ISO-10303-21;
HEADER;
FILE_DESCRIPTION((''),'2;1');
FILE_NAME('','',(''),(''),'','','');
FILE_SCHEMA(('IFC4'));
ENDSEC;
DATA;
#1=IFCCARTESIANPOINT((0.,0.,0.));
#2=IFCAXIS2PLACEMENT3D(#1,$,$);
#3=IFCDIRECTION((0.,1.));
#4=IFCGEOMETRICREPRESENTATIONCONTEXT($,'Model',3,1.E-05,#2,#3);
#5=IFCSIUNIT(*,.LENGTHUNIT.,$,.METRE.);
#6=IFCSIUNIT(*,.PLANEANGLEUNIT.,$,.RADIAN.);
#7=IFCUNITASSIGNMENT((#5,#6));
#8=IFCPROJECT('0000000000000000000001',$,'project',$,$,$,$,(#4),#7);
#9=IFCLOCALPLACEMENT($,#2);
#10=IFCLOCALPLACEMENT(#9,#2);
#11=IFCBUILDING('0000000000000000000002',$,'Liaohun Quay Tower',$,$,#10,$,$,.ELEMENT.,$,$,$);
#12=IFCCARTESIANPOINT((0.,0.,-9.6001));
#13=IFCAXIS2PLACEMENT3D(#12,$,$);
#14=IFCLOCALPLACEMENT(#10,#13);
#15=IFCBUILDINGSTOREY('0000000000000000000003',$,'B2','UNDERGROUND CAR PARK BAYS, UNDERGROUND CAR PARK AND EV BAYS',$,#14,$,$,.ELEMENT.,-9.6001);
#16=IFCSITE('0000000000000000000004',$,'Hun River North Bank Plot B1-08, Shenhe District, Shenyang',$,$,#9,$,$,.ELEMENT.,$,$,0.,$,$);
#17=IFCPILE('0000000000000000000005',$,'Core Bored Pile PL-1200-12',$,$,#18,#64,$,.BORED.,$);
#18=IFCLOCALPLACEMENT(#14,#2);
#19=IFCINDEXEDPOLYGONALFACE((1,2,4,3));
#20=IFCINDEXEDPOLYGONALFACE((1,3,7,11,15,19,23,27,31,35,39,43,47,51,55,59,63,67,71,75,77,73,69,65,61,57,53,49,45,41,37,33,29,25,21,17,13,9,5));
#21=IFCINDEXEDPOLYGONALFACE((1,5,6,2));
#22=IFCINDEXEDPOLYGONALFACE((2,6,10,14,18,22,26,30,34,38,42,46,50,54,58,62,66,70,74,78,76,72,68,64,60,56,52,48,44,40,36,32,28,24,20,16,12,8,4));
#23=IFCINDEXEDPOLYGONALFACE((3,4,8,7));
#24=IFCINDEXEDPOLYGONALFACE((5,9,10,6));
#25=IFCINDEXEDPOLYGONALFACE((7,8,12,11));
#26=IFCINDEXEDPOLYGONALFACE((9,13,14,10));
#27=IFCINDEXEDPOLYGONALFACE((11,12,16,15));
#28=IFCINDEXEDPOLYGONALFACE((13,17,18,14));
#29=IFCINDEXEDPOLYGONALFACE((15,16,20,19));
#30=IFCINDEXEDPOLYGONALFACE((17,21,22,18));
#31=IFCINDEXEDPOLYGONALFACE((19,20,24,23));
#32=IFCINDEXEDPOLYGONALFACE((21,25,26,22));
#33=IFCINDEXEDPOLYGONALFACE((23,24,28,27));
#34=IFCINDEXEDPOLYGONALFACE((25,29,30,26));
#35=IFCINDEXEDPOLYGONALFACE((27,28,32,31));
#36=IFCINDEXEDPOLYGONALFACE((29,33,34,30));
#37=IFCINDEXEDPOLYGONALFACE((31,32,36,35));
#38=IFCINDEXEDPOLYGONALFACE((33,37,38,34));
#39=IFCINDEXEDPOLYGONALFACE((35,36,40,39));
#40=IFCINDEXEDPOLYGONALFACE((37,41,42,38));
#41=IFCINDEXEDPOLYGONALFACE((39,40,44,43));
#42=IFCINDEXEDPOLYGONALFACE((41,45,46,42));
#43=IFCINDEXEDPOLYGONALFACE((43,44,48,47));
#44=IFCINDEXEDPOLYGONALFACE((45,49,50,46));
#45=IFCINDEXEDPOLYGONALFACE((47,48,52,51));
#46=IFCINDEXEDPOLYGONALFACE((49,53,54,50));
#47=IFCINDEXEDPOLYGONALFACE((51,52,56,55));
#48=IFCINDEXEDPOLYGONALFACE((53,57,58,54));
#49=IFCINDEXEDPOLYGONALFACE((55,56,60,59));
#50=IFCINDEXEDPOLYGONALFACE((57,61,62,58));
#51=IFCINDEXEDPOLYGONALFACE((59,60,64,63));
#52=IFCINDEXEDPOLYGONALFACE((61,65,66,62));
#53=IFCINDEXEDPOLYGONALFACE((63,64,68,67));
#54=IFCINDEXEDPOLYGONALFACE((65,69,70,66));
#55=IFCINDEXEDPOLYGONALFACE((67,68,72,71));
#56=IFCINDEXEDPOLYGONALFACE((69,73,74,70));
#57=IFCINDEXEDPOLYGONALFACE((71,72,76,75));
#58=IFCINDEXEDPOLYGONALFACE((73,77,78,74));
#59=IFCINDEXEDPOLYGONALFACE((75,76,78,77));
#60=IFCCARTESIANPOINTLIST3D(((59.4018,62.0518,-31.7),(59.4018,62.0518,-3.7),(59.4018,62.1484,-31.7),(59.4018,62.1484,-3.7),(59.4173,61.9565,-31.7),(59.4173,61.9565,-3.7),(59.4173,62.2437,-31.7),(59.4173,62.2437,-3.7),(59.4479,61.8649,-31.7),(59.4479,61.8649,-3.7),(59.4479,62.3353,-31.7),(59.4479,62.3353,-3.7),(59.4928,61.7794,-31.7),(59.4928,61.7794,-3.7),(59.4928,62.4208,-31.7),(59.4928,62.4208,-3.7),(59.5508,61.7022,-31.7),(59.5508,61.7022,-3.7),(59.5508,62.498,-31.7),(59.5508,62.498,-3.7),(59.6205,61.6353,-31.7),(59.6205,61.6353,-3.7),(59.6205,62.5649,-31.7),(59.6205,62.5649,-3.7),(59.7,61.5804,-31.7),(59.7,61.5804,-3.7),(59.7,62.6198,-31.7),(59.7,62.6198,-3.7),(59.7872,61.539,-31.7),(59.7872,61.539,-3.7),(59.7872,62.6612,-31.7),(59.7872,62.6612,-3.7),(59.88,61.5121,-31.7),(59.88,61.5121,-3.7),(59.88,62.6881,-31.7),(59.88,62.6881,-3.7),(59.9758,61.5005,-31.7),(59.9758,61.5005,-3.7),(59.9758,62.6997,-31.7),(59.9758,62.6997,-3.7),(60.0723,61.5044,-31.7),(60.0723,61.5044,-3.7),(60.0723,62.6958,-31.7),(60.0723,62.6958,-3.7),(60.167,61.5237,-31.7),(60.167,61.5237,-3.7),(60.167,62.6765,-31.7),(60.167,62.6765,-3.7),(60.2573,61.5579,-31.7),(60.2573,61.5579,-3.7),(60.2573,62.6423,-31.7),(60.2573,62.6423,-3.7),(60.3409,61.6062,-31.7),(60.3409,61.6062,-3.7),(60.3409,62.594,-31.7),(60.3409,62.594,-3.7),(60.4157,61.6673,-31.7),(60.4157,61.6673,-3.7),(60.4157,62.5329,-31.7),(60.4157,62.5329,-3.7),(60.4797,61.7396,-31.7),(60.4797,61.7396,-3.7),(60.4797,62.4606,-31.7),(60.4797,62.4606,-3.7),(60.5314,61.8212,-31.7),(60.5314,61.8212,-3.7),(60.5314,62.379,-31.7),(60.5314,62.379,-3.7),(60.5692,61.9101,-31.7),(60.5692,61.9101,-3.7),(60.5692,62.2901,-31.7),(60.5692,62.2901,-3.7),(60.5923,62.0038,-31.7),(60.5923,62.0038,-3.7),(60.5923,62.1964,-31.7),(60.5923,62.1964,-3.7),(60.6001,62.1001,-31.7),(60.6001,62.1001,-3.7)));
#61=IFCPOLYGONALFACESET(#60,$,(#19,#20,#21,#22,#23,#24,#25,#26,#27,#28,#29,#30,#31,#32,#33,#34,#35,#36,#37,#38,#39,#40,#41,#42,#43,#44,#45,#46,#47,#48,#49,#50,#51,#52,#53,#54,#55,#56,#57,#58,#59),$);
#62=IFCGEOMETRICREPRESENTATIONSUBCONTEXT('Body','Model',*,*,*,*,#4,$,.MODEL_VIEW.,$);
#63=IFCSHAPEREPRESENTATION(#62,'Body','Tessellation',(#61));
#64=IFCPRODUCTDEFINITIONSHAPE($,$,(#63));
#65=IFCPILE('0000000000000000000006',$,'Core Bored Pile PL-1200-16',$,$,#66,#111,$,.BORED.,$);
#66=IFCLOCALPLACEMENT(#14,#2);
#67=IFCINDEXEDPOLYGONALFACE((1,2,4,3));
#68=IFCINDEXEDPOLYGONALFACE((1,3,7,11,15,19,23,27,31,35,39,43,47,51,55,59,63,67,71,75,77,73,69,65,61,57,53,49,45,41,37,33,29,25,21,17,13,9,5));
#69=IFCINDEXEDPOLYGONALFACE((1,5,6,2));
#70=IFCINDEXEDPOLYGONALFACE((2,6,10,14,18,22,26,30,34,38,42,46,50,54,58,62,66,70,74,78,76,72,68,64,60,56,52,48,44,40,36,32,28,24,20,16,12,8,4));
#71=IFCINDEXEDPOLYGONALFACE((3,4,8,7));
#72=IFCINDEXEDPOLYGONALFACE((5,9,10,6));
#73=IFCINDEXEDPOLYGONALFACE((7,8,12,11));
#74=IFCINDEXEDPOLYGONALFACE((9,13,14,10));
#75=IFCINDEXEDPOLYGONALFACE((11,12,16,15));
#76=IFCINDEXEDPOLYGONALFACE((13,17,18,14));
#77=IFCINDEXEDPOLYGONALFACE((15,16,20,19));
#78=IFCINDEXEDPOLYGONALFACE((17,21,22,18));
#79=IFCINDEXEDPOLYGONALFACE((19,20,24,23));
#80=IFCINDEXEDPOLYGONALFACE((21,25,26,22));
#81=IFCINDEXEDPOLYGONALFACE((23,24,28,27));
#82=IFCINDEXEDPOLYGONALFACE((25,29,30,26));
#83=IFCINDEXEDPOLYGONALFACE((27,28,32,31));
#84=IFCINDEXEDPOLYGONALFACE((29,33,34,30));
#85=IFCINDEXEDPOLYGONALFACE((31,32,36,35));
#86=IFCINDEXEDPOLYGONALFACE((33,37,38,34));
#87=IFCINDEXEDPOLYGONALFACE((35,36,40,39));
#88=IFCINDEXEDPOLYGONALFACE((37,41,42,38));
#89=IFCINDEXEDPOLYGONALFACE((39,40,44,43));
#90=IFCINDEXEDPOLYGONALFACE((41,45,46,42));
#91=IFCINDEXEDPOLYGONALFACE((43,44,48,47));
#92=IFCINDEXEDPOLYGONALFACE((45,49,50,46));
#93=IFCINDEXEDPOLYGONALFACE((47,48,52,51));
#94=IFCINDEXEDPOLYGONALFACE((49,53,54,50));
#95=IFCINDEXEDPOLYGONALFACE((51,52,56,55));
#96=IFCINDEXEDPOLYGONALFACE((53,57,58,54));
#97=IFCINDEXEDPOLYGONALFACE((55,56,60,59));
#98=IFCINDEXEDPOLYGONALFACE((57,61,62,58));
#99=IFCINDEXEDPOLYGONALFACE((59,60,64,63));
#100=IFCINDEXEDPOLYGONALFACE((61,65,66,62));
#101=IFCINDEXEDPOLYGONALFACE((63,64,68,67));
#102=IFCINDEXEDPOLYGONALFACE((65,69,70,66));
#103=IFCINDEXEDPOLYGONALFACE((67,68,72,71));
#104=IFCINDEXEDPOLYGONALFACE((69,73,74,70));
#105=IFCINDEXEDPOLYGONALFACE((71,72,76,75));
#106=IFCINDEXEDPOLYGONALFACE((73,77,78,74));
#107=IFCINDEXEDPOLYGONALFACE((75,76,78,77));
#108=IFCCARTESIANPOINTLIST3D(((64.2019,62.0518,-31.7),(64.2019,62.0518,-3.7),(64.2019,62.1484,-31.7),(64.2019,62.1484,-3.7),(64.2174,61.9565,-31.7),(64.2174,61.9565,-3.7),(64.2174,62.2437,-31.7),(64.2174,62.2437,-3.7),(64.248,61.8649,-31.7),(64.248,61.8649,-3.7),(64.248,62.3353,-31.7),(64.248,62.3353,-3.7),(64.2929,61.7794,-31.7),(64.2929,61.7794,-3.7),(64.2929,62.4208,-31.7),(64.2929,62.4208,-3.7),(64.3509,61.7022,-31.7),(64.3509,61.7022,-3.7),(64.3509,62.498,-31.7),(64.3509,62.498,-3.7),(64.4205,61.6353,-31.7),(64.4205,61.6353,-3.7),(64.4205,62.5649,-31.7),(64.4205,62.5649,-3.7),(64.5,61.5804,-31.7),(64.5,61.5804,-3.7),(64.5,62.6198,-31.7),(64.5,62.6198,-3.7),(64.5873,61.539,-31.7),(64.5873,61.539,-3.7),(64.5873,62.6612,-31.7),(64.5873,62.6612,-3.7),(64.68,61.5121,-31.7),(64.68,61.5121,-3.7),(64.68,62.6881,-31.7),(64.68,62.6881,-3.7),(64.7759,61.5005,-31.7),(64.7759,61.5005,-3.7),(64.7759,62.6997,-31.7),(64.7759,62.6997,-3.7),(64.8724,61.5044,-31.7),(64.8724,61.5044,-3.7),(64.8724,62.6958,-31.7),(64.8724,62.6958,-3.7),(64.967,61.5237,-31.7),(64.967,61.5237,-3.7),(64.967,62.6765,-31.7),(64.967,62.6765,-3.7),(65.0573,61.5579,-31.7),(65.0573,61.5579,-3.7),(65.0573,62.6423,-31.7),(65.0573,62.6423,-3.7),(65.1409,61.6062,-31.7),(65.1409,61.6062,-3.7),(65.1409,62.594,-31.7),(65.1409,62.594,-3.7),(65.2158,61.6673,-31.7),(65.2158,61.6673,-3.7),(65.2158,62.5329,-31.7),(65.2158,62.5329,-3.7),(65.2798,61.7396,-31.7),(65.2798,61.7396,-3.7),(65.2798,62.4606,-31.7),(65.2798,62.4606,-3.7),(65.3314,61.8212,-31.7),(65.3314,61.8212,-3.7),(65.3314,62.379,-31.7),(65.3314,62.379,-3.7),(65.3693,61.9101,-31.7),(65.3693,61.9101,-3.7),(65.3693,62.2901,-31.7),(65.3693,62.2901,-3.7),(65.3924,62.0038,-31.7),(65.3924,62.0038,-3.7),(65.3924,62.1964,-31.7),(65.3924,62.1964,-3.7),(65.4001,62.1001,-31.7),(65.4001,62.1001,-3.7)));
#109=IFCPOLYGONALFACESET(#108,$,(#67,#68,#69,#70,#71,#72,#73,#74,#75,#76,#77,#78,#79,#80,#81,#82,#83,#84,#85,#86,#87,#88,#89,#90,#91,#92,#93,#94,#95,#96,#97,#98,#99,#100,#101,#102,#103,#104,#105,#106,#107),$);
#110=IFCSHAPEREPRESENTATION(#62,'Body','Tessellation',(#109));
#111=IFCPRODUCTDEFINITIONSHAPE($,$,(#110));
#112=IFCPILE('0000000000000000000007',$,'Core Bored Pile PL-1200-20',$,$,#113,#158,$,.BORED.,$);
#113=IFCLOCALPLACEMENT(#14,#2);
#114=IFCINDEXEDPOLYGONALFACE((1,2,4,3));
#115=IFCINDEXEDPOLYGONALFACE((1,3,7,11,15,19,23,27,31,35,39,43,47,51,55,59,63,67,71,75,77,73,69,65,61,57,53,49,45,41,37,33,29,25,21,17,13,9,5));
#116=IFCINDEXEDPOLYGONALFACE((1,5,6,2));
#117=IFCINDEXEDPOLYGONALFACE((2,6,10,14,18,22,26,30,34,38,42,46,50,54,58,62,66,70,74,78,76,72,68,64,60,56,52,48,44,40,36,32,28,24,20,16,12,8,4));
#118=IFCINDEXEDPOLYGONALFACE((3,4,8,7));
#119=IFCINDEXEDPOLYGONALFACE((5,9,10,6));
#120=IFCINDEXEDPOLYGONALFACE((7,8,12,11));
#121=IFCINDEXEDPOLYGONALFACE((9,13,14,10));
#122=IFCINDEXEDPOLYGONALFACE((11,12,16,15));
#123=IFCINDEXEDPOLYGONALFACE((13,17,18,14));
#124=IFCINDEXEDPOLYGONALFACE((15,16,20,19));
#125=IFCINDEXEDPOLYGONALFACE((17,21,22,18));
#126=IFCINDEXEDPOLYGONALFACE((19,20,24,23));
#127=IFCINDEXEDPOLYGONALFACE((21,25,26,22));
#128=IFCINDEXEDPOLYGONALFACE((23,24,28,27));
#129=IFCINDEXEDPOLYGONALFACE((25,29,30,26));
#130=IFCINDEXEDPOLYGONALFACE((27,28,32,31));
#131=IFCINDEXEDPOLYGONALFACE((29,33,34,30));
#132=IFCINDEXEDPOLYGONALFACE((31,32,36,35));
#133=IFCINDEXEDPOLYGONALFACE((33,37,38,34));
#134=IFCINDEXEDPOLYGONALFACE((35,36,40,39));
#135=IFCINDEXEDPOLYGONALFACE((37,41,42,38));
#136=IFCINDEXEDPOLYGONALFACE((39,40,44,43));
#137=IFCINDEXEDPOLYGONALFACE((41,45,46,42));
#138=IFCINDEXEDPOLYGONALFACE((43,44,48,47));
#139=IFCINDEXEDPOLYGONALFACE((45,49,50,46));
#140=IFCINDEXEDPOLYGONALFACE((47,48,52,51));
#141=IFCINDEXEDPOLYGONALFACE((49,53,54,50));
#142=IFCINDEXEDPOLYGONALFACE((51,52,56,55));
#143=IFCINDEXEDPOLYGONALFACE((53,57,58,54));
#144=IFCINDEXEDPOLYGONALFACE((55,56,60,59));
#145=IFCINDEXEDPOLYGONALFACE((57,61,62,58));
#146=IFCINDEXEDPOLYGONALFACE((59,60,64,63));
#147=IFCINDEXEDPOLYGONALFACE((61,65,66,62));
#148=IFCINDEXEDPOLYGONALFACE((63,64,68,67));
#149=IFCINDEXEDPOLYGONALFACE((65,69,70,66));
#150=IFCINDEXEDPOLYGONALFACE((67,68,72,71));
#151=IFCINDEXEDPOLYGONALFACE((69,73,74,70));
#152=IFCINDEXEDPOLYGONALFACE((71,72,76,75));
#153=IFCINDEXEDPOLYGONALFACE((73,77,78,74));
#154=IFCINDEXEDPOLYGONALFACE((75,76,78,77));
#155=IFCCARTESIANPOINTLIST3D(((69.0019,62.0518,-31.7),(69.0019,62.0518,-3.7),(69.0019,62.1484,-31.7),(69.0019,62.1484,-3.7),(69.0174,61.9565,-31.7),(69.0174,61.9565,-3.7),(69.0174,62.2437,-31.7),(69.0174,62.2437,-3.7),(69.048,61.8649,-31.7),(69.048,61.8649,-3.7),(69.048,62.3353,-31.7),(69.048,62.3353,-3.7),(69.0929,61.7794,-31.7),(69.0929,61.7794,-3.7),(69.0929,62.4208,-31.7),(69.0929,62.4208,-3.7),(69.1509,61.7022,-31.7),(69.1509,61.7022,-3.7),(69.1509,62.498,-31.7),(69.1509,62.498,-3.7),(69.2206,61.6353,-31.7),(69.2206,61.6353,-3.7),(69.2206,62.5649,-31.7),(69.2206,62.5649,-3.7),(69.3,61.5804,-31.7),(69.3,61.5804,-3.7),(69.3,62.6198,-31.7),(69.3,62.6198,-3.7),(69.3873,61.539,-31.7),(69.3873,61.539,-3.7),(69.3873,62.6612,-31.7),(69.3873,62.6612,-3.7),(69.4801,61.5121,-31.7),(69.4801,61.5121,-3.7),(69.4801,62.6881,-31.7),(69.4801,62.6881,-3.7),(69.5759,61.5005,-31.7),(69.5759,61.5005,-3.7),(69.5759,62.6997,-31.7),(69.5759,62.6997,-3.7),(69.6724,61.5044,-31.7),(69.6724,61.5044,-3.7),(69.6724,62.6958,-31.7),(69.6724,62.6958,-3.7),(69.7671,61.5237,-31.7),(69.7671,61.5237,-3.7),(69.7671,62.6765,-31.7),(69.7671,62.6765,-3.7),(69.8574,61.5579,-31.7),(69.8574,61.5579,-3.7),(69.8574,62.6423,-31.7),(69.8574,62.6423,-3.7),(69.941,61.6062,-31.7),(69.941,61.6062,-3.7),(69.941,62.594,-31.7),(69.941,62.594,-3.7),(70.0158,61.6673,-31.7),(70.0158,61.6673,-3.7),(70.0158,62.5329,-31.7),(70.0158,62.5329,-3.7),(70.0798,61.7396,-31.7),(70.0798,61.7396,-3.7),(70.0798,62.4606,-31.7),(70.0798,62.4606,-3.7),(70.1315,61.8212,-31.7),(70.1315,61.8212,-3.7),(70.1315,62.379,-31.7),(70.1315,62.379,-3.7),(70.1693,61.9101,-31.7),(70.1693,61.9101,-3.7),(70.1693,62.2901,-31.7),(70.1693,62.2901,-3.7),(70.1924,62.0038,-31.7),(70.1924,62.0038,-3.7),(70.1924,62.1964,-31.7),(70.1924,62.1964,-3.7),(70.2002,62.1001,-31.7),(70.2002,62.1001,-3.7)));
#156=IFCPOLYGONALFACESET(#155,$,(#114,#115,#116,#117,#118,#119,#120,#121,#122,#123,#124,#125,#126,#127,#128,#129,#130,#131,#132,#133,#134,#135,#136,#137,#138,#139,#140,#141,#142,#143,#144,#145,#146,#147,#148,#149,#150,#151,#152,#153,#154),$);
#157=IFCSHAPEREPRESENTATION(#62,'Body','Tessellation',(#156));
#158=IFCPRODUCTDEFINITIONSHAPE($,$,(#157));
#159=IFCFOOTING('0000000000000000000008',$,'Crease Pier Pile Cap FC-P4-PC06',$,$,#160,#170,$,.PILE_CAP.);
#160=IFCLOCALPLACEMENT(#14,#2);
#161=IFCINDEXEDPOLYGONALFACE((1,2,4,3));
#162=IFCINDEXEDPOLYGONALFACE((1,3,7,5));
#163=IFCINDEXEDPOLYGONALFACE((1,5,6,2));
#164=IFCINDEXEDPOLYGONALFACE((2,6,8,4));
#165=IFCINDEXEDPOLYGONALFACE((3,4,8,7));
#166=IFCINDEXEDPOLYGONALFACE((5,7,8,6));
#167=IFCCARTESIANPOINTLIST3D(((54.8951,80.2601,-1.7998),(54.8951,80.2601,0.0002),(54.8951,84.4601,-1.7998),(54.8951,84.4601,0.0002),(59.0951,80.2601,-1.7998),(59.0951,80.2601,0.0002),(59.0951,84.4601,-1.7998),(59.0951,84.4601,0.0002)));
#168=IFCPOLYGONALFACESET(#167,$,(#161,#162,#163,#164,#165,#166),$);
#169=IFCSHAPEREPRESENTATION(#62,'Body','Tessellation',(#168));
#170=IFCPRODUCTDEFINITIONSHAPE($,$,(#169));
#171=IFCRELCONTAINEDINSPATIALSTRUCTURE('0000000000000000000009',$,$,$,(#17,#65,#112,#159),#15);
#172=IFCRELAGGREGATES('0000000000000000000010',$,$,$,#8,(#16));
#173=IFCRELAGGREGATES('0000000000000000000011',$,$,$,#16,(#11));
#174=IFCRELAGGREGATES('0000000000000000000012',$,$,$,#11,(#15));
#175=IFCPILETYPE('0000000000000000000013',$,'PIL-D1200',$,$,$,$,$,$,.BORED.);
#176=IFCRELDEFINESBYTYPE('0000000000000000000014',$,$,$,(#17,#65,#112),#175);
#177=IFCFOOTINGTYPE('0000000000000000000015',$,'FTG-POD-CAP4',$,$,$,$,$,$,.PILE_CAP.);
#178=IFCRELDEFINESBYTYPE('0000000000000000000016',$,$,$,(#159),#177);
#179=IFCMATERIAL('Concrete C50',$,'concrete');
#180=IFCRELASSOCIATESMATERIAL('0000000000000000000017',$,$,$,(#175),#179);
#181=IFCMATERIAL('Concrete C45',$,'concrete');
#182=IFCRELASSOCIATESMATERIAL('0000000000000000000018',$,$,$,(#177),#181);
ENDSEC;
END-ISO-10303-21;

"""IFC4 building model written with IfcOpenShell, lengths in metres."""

from ifc_helpers import new_model, si_unit, direction, frame, origin, origin_2d, place, context, subcontext, project, spatial, rectangle, circle, extrude, source, transform, mapped, material, material_profile, profile_set, type_object, element, save


model = new_model("IFC4")

# Units and contexts
model_context = context("Model", 3, precision=1e-05, world=origin(), true_north=direction((0.0, 1.0)))
body_context = subcontext(model_context, "Body", "Model", "MODEL_VIEW")
ifc_project = project(units=[si_unit("LENGTHUNIT", "METRE"), si_unit("PLANEANGLEUNIT", "RADIAN")], contexts=[model_context])

# Site, building, storey
site_placement = place(None, origin())
site = spatial("IfcSite", under=ifc_project, at=site_placement, Name="Hun River North Bank Plot B1-08, Shenhe District, Shenyang", CompositionType="ELEMENT", RefElevation=0.0)
building_placement = place(site_placement, origin())
building = spatial("IfcBuilding", under=site, at=building_placement, Name="Liaohun Quay Tower", CompositionType="ELEMENT")
storey_placement = place(building_placement, frame((0.0, 0.0, -9.6001)))
storey = spatial("IfcBuildingStorey", under=building, at=storey_placement, Name="B2", Description="UNDERGROUND CAR PARK BAYS, UNDERGROUND CAR PARK AND EV BAYS", CompositionType="ELEMENT", Elevation=-9.6001)

# Piles
ifc_material_1 = material(Name="Concrete C50", Category="concrete")
ifc_material_profile_1 = material_profile(ifc_material_1, circle(Radius=0.6001, at=origin_2d()), Name="PILE-D1200")
ifc_profile_set_1 = profile_set([ifc_material_profile_1], Name="Concrete C50")
pile_type_1 = type_object("IfcPileType", Name="PIL-D1200", PredefinedType="BORED", material=ifc_profile_set_1)
shared_shape_1 = source(origin(), body_context, "Body", "SweptSolid", [
    extrude(circle(Radius=0.6001, at=origin_2d()), origin(), (0.0, 0.0, 1.0), 28.0),
])
for number, where, z_axis, x_axis, name in (
    (1, (60.0, 62.1001, -3.7), (0.0, 0.0, -1.0), (1.0, 0.0, 0.0), "Core Bored Pile PL-1200-12"),
    (2, (64.8, 62.1001, -3.7), (0.0, 0.0, -1.0), (1.0, 0.0, 0.0), "Core Bored Pile PL-1200-16"),
    (3, (69.6001, 62.1001, -3.7), (0.0, 0.0, -1.0), (1.0, 0.0, 0.0), "Core Bored Pile PL-1200-20"),
):
    element("IfcPile", number, at=place(storey_placement, frame(where, z_axis=z_axis, x_axis=x_axis)), inside=storey, type_object=pile_type_1, Name=name, PredefinedType="BORED", context=body_context, shape_type="MappedRepresentation", body=[
        mapped(shared_shape_1, transform((0.0, 0.0, 0.0), x_axis=(1.0, 0.0, 0.0), y_axis=(0.0, 1.0, 0.0), z_axis=(0.0, 0.0, 1.0), scale=1.0)),
    ])

# Footing
ifc_material_2 = material(Name="Concrete C45", Category="concrete")
footing_type_1 = type_object("IfcFootingType", Name="FTG-POD-CAP4", PredefinedType="PILE_CAP", material=ifc_material_2)
shared_shape_2 = source(origin(), body_context, "Body", "SweptSolid", [
    extrude(rectangle(XDim=4.2, YDim=4.2, at=origin_2d()), origin(), (0.0, 0.0, 1.0), 1.8),
])
footing_1_placement = place(storey_placement, frame((56.9951, 82.3601, -1.7998), z_axis=(0.0, 0.0, 1.0), x_axis=(1.0, 0.0, 0.0)))
element("IfcFooting", 4, at=footing_1_placement, inside=storey, type_object=footing_type_1, Name="Crease Pier Pile Cap FC-P4-PC06", PredefinedType="PILE_CAP", context=body_context, shape_type="MappedRepresentation", body=[
    mapped(shared_shape_2, transform((0.0, 0.0, 0.0), x_axis=(1.0, 0.0, 0.0), y_axis=(0.0, 1.0, 0.0), z_axis=(0.0, 0.0, 1.0), scale=1.0)),
])

save(model, "model.ifc")
